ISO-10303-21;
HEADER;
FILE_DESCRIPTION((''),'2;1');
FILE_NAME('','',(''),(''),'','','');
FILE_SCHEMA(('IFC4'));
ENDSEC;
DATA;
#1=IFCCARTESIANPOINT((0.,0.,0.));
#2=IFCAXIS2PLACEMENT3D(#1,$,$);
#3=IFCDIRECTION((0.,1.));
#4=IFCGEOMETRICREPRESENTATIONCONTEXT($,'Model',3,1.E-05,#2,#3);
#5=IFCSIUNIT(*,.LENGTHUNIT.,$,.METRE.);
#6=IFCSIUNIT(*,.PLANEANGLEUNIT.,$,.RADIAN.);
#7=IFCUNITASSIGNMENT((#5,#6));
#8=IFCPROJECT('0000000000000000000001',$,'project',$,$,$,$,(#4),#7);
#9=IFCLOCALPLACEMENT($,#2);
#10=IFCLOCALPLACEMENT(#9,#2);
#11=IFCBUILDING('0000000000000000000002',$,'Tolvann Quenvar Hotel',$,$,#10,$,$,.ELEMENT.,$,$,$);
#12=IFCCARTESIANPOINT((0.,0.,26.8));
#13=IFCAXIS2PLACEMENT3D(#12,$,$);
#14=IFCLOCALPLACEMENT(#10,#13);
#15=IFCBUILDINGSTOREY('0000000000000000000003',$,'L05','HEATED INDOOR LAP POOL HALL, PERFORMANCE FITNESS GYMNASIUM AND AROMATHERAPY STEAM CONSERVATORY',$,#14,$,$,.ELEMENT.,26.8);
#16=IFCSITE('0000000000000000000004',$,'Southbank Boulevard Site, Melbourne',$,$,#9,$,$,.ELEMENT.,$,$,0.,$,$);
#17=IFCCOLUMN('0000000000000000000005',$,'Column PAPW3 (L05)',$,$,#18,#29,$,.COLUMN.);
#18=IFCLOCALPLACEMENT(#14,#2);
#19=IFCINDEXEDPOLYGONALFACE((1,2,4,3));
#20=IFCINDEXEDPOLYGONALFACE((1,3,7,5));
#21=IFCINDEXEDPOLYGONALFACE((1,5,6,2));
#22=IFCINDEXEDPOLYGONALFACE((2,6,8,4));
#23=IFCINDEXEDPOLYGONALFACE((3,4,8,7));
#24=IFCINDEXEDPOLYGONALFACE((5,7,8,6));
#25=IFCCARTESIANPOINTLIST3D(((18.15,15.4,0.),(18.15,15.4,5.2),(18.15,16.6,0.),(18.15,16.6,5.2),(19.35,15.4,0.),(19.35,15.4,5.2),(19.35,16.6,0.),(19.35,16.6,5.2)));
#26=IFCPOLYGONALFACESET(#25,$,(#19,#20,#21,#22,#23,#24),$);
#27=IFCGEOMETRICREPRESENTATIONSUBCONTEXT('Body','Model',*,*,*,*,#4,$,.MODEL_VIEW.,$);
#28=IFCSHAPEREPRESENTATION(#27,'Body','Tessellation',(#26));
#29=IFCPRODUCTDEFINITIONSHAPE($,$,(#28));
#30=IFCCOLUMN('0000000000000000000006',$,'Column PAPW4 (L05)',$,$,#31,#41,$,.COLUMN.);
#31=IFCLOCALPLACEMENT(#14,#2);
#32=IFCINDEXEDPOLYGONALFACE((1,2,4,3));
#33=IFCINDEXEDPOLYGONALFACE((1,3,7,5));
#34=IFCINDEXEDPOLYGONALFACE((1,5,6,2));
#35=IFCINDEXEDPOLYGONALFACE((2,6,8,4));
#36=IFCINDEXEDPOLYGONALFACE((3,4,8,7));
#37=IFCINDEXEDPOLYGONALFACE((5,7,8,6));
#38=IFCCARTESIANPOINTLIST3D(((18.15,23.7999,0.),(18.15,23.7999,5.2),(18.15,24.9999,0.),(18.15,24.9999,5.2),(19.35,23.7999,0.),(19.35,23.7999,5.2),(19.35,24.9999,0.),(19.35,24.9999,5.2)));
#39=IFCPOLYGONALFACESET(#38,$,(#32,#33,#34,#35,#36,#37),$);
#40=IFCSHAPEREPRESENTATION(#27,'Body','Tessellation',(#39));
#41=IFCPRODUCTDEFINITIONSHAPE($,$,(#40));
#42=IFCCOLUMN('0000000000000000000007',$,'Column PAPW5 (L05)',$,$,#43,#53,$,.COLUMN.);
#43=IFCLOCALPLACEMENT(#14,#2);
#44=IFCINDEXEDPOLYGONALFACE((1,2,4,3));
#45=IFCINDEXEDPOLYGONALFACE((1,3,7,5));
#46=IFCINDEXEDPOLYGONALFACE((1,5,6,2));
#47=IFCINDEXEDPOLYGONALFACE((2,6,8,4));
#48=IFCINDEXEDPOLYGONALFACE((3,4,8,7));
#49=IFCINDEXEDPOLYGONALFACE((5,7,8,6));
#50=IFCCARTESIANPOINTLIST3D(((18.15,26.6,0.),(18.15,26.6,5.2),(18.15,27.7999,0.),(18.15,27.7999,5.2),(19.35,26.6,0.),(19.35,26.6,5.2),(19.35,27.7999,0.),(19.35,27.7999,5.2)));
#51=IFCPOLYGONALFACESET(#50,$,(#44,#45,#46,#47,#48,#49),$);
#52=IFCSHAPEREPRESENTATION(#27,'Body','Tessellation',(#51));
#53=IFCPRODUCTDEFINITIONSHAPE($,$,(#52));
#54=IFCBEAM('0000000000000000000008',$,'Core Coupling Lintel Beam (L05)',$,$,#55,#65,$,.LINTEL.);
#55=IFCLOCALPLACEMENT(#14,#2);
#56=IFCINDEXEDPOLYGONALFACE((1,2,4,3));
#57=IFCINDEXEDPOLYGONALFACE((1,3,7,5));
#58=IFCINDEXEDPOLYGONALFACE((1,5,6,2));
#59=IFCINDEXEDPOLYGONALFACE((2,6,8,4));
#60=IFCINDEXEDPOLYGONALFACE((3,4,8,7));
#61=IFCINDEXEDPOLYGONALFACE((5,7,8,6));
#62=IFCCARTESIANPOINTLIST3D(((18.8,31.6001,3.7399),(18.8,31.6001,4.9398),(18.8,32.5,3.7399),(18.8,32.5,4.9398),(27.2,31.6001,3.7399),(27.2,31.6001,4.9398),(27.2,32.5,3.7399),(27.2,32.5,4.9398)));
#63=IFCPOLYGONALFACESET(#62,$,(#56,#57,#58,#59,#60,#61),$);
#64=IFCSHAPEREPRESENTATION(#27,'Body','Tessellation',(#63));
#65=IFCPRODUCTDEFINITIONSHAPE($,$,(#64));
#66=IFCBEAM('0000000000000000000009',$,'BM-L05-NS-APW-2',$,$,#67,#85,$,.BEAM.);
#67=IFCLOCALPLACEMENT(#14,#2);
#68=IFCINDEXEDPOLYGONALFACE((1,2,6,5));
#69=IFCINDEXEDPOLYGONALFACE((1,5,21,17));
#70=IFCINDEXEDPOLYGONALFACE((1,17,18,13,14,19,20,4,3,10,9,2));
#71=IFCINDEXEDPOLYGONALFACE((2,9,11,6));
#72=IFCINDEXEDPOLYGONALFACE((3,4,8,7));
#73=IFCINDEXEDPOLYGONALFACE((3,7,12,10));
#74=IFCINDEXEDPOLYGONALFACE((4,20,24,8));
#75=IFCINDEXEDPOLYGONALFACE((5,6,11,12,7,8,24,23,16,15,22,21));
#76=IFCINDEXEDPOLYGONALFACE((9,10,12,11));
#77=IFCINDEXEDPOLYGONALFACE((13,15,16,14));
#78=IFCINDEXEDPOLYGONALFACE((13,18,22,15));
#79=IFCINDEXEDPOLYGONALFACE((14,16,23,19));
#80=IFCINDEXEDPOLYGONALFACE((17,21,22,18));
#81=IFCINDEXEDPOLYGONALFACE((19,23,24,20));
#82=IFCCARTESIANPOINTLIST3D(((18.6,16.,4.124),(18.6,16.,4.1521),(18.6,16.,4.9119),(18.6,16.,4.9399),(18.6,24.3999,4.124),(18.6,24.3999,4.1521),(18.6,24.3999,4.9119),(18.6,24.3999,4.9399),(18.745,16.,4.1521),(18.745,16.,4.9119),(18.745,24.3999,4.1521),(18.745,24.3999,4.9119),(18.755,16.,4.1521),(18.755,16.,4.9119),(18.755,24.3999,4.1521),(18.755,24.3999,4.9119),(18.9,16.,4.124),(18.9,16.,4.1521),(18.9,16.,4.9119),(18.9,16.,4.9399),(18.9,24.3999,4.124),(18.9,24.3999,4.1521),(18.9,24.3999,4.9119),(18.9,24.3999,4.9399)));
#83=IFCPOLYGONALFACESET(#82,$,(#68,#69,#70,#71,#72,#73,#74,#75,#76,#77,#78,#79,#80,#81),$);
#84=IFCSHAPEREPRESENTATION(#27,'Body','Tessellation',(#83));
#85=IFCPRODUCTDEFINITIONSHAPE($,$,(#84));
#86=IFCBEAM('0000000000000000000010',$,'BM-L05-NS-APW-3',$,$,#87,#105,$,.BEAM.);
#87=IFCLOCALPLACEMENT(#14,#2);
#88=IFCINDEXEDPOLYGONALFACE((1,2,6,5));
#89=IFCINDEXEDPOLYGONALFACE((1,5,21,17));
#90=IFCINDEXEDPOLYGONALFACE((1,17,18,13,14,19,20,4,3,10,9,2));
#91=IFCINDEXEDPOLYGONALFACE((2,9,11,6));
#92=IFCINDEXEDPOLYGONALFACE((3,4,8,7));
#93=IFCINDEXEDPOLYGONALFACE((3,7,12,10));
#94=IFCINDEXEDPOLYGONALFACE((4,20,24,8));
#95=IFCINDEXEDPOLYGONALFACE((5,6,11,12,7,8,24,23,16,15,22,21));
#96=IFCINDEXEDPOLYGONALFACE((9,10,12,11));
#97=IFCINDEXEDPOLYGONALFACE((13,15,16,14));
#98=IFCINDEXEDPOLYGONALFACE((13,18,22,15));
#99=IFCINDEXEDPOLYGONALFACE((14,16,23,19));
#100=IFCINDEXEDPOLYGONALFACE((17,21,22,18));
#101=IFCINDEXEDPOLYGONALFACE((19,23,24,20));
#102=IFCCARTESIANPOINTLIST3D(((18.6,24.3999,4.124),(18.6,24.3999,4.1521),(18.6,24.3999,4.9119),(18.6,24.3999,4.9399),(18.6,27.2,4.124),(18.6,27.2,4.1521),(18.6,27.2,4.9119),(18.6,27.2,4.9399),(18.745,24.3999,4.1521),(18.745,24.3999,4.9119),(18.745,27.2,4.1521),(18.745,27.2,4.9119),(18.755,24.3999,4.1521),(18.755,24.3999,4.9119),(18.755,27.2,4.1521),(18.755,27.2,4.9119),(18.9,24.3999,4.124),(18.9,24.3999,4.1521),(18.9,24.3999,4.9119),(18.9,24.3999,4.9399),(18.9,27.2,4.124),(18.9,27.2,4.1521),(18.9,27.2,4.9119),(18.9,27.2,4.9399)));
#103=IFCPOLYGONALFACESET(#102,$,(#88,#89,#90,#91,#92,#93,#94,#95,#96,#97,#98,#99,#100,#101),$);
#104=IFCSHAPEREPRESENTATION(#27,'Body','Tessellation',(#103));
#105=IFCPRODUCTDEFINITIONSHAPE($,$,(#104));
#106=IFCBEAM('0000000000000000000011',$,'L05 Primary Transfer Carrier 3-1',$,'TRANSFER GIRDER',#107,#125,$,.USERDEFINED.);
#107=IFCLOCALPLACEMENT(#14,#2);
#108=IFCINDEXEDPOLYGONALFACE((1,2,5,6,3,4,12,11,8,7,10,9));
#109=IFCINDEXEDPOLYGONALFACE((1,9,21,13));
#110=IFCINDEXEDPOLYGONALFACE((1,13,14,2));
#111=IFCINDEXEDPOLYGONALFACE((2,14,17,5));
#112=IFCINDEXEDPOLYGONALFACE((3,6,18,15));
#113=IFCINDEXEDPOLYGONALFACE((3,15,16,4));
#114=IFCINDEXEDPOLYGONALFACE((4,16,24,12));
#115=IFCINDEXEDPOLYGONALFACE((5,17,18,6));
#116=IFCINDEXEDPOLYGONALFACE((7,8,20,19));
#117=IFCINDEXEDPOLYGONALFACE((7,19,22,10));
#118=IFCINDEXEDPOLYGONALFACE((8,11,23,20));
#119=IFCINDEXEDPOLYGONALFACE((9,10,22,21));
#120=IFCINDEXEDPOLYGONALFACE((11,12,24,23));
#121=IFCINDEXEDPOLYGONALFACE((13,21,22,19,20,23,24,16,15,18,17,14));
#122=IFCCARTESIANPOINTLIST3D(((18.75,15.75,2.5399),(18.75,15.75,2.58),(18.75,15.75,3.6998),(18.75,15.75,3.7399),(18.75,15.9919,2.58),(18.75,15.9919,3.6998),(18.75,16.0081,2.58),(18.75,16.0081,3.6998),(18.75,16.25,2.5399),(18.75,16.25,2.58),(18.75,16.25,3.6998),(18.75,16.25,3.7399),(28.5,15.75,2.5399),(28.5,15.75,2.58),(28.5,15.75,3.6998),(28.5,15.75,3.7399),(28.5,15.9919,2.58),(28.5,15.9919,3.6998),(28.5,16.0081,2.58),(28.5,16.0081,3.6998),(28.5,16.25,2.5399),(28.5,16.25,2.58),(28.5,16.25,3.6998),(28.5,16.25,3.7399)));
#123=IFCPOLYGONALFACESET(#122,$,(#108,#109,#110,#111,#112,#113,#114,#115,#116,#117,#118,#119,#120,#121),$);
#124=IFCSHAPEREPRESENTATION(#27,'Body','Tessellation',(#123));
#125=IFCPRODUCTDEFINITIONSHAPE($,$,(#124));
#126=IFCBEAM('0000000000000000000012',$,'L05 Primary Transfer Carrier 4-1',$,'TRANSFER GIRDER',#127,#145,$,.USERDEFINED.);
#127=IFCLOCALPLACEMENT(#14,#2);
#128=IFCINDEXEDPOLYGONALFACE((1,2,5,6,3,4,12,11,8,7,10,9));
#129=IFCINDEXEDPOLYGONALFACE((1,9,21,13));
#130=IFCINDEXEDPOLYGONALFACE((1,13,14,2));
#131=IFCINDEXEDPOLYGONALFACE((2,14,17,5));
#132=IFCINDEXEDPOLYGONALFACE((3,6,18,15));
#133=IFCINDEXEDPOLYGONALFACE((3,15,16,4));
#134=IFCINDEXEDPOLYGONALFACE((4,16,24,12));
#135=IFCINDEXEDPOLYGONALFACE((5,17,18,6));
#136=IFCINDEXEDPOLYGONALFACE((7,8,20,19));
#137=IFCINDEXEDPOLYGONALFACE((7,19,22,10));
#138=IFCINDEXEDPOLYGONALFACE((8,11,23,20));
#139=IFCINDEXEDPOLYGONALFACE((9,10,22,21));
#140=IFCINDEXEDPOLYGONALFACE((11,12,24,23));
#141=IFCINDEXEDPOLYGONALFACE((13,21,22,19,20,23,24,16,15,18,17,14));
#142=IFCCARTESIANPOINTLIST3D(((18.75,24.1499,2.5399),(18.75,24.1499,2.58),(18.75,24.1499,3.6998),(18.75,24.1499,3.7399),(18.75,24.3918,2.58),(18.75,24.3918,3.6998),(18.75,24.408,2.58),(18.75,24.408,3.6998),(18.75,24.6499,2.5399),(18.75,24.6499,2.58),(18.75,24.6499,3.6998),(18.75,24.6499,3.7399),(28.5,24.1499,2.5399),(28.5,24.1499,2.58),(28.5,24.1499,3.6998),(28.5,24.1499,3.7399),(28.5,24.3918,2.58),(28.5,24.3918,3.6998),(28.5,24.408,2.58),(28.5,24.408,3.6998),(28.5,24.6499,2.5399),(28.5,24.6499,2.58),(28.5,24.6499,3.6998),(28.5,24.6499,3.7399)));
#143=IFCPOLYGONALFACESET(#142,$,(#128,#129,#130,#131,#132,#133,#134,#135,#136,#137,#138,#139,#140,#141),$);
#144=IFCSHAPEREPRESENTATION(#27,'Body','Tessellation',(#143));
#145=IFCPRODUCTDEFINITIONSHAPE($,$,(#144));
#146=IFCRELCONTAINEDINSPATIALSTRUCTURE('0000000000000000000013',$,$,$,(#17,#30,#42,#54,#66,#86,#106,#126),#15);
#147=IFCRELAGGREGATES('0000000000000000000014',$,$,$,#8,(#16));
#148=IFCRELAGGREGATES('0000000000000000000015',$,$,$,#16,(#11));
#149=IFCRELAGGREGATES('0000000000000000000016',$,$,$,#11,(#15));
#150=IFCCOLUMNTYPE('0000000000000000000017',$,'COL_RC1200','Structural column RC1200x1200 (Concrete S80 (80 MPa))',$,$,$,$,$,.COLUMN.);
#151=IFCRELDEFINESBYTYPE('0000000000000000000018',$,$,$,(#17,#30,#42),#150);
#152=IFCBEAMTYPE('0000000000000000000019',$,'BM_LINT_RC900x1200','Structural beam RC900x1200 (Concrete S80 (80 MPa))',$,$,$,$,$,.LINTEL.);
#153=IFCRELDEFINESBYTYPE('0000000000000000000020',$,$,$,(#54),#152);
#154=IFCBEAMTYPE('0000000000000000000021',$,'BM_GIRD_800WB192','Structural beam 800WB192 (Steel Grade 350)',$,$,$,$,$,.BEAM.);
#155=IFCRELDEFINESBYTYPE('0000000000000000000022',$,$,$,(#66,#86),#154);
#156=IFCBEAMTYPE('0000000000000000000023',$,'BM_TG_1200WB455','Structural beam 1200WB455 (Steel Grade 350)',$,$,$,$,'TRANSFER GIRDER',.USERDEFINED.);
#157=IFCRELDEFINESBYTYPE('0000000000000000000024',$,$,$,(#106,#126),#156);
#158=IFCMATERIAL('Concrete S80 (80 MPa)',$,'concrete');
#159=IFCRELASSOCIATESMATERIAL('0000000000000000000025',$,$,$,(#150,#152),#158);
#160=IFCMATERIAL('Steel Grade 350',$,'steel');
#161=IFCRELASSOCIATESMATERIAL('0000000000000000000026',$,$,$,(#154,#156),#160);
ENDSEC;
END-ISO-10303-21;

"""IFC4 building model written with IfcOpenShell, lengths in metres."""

from ifc_helpers import new_model, si_unit, direction, frame, origin, origin_2d, place, context, subcontext, project, spatial, rectangle, i_section, extrude, source, transform, mapped, material, material_profile, profile_set, type_object, type_shapes, element, save


model = new_model("IFC4")

# Units and contexts
model_context = context("Model", 3, precision=1e-05, world=origin(), true_north=direction((0.0, 1.0)))
body_context = subcontext(model_context, "Body", "Model", "MODEL_VIEW")
ifc_project = project(units=[si_unit("LENGTHUNIT", "METRE"), si_unit("PLANEANGLEUNIT", "RADIAN")], contexts=[model_context])

# Site, building, storey
site_placement = place(None, origin())
site = spatial("IfcSite", under=ifc_project, at=site_placement, Name="Southbank Boulevard Site, Melbourne", CompositionType="ELEMENT", RefElevation=0.0)
building_placement = place(site_placement, origin())
building = spatial("IfcBuilding", under=site, at=building_placement, Name="Tolvann Quenvar Hotel", CompositionType="ELEMENT")
storey_placement = place(building_placement, frame((0.0, 0.0, 26.8)))
storey = spatial("IfcBuildingStorey", under=building, at=storey_placement, Name="L05", Description="HEATED INDOOR LAP POOL HALL, PERFORMANCE FITNESS GYMNASIUM AND AROMATHERAPY STEAM CONSERVATORY", CompositionType="ELEMENT", Elevation=26.8)

# Columns
ifc_material_1 = material(Name="Concrete S80 (80 MPa)", Category="concrete")
ifc_material_profile_1 = material_profile(ifc_material_1, rectangle(XDim=1.2, YDim=1.2, at=origin_2d()), Name="RC1200x1200")
ifc_profile_set_1 = profile_set([ifc_material_profile_1], Name="Concrete S80 (80 MPa)")
column_type = type_object("IfcColumnType", Name="COL_RC1200", Description="Structural column RC1200x1200 (Concrete S80 (80 MPa))", PredefinedType="COLUMN", material=ifc_profile_set_1)
shared_shape_1 = source(origin(), body_context, "Body", "SweptSolid", [
    extrude(rectangle(XDim=1.2, YDim=1.2, at=origin_2d()), origin(), (0.0, 0.0, 1.0), 5.2),
])
type_shapes(column_type, [shared_shape_1])
for number, where, z_axis, x_axis, name in (
    (1, (18.75, 16.0, 0.0), (0.0, 0.0, 1.0), (1.0, 0.0, 0.0), "Column PAPW3 (L05)"),
    (2, (18.75, 24.3999, 0.0), (0.0, 0.0, 1.0), (1.0, 0.0, 0.0), "Column PAPW4 (L05)"),
    (3, (18.75, 27.2, 0.0), (0.0, 0.0, 1.0), (1.0, 0.0, 0.0), "Column PAPW5 (L05)"),
):
    element("IfcColumn", number, at=place(storey_placement, frame(where, z_axis=z_axis, x_axis=x_axis)), inside=storey, type_object=column_type, Name=name, PredefinedType="COLUMN", context=body_context, shape_type="MappedRepresentation", body=[
        mapped(shared_shape_1, transform((0.0, 0.0, 0.0), x_axis=(1.0, 0.0, 0.0), y_axis=(0.0, 1.0, 0.0), z_axis=(0.0, 0.0, 1.0), scale=1.0)),
    ])

# Beams
ifc_material_profile_2 = material_profile(ifc_material_1, rectangle(XDim=0.8999, YDim=1.2, at=origin_2d()), Name="RC900x1200")
ifc_profile_set_2 = profile_set([ifc_material_profile_2], Name="Concrete S80 (80 MPa)")
beam_type_1 = type_object("IfcBeamType", Name="BM_LINT_RC900x1200", Description="Structural beam RC900x1200 (Concrete S80 (80 MPa))", PredefinedType="LINTEL", material=ifc_profile_set_2)
shared_shape_2 = source(origin(), body_context, "Body", "SweptSolid", [
    extrude(rectangle(XDim=0.8999, YDim=1.2, at=origin_2d()), origin(), (0.0, 0.0, 1.0), 8.3999),
])
type_shapes(beam_type_1, [shared_shape_2])
beam_1_placement = place(storey_placement, frame((18.8, 32.05, 4.3398), z_axis=(1.0, 0.0, 0.0), x_axis=(0.0, 1.0, 0.0)))
element("IfcBeam", 4, at=beam_1_placement, inside=storey, type_object=beam_type_1, Name="Core Coupling Lintel Beam (L05)", PredefinedType="LINTEL", context=body_context, shape_type="MappedRepresentation", body=[
    mapped(shared_shape_2, transform((0.0, 0.0, 0.0), x_axis=(1.0, 0.0, 0.0), y_axis=(0.0, 1.0, 0.0), z_axis=(0.0, 0.0, 1.0), scale=1.0)),
])
ifc_material_2 = material(Name="Steel Grade 350", Category="steel")
ifc_material_profile_3 = material_profile(ifc_material_2, i_section(OverallWidth=0.3, OverallDepth=0.8159, WebThickness=0.01, FlangeThickness=0.0281, at=origin_2d()), Name="800WB192")
ifc_profile_set_3 = profile_set([ifc_material_profile_3], Name="Steel Grade 350")
beam_type_2 = type_object("IfcBeamType", Name="BM_GIRD_800WB192", Description="Structural beam 800WB192 (Steel Grade 350)", PredefinedType="BEAM", material=ifc_profile_set_3)
shared_shape_3 = source(origin(), body_context, "Body", "SweptSolid", [
    extrude(i_section(OverallWidth=0.3, OverallDepth=0.8159, WebThickness=0.01, FlangeThickness=0.0281, at=origin_2d()), origin(), (0.0, 0.0, 1.0), 8.3999),
])
beam_2_placement = place(storey_placement, frame((18.75, 16.0, 4.532), z_axis=(0.0, 1.0, 0.0), x_axis=(-1.0, 0.0, 0.0)))
element("IfcBeam", 5, at=beam_2_placement, inside=storey, type_object=beam_type_2, Name="BM-L05-NS-APW-2", PredefinedType="BEAM", context=body_context, shape_type="MappedRepresentation", body=[
    mapped(shared_shape_3, transform((0.0, 0.0, 0.0), x_axis=(1.0, 0.0, 0.0), y_axis=(0.0, 1.0, 0.0), z_axis=(0.0, 0.0, 1.0), scale=1.0)),
])
shared_shape_4 = source(origin(), body_context, "Body", "SweptSolid", [
    extrude(i_section(OverallWidth=0.3, OverallDepth=0.8159, WebThickness=0.01, FlangeThickness=0.0281, at=origin_2d()), origin(), (0.0, 0.0, 1.0), 2.8),
])
type_shapes(beam_type_2, [shared_shape_3, shared_shape_4])
beam_3_placement = place(storey_placement, frame((18.75, 24.3999, 4.532), z_axis=(0.0, 1.0, 0.0), x_axis=(-1.0, 0.0, 0.0)))
element("IfcBeam", 6, at=beam_3_placement, inside=storey, type_object=beam_type_2, Name="BM-L05-NS-APW-3", PredefinedType="BEAM", context=body_context, shape_type="MappedRepresentation", body=[
    mapped(shared_shape_4, transform((0.0, 0.0, 0.0), x_axis=(1.0, 0.0, 0.0), y_axis=(0.0, 1.0, 0.0), z_axis=(0.0, 0.0, 1.0), scale=1.0)),
])
ifc_material_profile_4 = material_profile(ifc_material_2, i_section(OverallWidth=0.5, OverallDepth=1.2, WebThickness=0.0161, FlangeThickness=0.04, at=origin_2d()), Name="1200WB455")
ifc_profile_set_4 = profile_set([ifc_material_profile_4], Name="Steel Grade 350")
beam_type_3 = type_object("IfcBeamType", Name="BM_TG_1200WB455", Description="Structural beam 1200WB455 (Steel Grade 350)", ElementType="TRANSFER GIRDER", PredefinedType="USERDEFINED", material=ifc_profile_set_4)
shared_shape_5 = source(origin(), body_context, "Body", "SweptSolid", [
    extrude(i_section(OverallWidth=0.5, OverallDepth=1.2, WebThickness=0.0161, FlangeThickness=0.04, at=origin_2d()), origin(), (0.0, 0.0, 1.0), 9.75),
])
for number, where, z_axis, x_axis, name in (
    (7, (18.75, 16.0, 3.1399), (1.0, 0.0, 0.0), (0.0, 1.0, 0.0), "L05 Primary Transfer Carrier 3-1"),
    (8, (18.75, 24.3999, 3.1399), (1.0, 0.0, 0.0), (0.0, 1.0, 0.0), "L05 Primary Transfer Carrier 4-1"),
):
    element("IfcBeam", number, at=place(storey_placement, frame(where, z_axis=z_axis, x_axis=x_axis)), inside=storey, type_object=beam_type_3, Name=name, ObjectType="TRANSFER GIRDER", PredefinedType="USERDEFINED", context=body_context, shape_type="MappedRepresentation", body=[
        mapped(shared_shape_5, transform((0.0, 0.0, 0.0), x_axis=(1.0, 0.0, 0.0), y_axis=(0.0, 1.0, 0.0), z_axis=(0.0, 0.0, 1.0), scale=1.0)),
    ])

save(model, "model.ifc")
